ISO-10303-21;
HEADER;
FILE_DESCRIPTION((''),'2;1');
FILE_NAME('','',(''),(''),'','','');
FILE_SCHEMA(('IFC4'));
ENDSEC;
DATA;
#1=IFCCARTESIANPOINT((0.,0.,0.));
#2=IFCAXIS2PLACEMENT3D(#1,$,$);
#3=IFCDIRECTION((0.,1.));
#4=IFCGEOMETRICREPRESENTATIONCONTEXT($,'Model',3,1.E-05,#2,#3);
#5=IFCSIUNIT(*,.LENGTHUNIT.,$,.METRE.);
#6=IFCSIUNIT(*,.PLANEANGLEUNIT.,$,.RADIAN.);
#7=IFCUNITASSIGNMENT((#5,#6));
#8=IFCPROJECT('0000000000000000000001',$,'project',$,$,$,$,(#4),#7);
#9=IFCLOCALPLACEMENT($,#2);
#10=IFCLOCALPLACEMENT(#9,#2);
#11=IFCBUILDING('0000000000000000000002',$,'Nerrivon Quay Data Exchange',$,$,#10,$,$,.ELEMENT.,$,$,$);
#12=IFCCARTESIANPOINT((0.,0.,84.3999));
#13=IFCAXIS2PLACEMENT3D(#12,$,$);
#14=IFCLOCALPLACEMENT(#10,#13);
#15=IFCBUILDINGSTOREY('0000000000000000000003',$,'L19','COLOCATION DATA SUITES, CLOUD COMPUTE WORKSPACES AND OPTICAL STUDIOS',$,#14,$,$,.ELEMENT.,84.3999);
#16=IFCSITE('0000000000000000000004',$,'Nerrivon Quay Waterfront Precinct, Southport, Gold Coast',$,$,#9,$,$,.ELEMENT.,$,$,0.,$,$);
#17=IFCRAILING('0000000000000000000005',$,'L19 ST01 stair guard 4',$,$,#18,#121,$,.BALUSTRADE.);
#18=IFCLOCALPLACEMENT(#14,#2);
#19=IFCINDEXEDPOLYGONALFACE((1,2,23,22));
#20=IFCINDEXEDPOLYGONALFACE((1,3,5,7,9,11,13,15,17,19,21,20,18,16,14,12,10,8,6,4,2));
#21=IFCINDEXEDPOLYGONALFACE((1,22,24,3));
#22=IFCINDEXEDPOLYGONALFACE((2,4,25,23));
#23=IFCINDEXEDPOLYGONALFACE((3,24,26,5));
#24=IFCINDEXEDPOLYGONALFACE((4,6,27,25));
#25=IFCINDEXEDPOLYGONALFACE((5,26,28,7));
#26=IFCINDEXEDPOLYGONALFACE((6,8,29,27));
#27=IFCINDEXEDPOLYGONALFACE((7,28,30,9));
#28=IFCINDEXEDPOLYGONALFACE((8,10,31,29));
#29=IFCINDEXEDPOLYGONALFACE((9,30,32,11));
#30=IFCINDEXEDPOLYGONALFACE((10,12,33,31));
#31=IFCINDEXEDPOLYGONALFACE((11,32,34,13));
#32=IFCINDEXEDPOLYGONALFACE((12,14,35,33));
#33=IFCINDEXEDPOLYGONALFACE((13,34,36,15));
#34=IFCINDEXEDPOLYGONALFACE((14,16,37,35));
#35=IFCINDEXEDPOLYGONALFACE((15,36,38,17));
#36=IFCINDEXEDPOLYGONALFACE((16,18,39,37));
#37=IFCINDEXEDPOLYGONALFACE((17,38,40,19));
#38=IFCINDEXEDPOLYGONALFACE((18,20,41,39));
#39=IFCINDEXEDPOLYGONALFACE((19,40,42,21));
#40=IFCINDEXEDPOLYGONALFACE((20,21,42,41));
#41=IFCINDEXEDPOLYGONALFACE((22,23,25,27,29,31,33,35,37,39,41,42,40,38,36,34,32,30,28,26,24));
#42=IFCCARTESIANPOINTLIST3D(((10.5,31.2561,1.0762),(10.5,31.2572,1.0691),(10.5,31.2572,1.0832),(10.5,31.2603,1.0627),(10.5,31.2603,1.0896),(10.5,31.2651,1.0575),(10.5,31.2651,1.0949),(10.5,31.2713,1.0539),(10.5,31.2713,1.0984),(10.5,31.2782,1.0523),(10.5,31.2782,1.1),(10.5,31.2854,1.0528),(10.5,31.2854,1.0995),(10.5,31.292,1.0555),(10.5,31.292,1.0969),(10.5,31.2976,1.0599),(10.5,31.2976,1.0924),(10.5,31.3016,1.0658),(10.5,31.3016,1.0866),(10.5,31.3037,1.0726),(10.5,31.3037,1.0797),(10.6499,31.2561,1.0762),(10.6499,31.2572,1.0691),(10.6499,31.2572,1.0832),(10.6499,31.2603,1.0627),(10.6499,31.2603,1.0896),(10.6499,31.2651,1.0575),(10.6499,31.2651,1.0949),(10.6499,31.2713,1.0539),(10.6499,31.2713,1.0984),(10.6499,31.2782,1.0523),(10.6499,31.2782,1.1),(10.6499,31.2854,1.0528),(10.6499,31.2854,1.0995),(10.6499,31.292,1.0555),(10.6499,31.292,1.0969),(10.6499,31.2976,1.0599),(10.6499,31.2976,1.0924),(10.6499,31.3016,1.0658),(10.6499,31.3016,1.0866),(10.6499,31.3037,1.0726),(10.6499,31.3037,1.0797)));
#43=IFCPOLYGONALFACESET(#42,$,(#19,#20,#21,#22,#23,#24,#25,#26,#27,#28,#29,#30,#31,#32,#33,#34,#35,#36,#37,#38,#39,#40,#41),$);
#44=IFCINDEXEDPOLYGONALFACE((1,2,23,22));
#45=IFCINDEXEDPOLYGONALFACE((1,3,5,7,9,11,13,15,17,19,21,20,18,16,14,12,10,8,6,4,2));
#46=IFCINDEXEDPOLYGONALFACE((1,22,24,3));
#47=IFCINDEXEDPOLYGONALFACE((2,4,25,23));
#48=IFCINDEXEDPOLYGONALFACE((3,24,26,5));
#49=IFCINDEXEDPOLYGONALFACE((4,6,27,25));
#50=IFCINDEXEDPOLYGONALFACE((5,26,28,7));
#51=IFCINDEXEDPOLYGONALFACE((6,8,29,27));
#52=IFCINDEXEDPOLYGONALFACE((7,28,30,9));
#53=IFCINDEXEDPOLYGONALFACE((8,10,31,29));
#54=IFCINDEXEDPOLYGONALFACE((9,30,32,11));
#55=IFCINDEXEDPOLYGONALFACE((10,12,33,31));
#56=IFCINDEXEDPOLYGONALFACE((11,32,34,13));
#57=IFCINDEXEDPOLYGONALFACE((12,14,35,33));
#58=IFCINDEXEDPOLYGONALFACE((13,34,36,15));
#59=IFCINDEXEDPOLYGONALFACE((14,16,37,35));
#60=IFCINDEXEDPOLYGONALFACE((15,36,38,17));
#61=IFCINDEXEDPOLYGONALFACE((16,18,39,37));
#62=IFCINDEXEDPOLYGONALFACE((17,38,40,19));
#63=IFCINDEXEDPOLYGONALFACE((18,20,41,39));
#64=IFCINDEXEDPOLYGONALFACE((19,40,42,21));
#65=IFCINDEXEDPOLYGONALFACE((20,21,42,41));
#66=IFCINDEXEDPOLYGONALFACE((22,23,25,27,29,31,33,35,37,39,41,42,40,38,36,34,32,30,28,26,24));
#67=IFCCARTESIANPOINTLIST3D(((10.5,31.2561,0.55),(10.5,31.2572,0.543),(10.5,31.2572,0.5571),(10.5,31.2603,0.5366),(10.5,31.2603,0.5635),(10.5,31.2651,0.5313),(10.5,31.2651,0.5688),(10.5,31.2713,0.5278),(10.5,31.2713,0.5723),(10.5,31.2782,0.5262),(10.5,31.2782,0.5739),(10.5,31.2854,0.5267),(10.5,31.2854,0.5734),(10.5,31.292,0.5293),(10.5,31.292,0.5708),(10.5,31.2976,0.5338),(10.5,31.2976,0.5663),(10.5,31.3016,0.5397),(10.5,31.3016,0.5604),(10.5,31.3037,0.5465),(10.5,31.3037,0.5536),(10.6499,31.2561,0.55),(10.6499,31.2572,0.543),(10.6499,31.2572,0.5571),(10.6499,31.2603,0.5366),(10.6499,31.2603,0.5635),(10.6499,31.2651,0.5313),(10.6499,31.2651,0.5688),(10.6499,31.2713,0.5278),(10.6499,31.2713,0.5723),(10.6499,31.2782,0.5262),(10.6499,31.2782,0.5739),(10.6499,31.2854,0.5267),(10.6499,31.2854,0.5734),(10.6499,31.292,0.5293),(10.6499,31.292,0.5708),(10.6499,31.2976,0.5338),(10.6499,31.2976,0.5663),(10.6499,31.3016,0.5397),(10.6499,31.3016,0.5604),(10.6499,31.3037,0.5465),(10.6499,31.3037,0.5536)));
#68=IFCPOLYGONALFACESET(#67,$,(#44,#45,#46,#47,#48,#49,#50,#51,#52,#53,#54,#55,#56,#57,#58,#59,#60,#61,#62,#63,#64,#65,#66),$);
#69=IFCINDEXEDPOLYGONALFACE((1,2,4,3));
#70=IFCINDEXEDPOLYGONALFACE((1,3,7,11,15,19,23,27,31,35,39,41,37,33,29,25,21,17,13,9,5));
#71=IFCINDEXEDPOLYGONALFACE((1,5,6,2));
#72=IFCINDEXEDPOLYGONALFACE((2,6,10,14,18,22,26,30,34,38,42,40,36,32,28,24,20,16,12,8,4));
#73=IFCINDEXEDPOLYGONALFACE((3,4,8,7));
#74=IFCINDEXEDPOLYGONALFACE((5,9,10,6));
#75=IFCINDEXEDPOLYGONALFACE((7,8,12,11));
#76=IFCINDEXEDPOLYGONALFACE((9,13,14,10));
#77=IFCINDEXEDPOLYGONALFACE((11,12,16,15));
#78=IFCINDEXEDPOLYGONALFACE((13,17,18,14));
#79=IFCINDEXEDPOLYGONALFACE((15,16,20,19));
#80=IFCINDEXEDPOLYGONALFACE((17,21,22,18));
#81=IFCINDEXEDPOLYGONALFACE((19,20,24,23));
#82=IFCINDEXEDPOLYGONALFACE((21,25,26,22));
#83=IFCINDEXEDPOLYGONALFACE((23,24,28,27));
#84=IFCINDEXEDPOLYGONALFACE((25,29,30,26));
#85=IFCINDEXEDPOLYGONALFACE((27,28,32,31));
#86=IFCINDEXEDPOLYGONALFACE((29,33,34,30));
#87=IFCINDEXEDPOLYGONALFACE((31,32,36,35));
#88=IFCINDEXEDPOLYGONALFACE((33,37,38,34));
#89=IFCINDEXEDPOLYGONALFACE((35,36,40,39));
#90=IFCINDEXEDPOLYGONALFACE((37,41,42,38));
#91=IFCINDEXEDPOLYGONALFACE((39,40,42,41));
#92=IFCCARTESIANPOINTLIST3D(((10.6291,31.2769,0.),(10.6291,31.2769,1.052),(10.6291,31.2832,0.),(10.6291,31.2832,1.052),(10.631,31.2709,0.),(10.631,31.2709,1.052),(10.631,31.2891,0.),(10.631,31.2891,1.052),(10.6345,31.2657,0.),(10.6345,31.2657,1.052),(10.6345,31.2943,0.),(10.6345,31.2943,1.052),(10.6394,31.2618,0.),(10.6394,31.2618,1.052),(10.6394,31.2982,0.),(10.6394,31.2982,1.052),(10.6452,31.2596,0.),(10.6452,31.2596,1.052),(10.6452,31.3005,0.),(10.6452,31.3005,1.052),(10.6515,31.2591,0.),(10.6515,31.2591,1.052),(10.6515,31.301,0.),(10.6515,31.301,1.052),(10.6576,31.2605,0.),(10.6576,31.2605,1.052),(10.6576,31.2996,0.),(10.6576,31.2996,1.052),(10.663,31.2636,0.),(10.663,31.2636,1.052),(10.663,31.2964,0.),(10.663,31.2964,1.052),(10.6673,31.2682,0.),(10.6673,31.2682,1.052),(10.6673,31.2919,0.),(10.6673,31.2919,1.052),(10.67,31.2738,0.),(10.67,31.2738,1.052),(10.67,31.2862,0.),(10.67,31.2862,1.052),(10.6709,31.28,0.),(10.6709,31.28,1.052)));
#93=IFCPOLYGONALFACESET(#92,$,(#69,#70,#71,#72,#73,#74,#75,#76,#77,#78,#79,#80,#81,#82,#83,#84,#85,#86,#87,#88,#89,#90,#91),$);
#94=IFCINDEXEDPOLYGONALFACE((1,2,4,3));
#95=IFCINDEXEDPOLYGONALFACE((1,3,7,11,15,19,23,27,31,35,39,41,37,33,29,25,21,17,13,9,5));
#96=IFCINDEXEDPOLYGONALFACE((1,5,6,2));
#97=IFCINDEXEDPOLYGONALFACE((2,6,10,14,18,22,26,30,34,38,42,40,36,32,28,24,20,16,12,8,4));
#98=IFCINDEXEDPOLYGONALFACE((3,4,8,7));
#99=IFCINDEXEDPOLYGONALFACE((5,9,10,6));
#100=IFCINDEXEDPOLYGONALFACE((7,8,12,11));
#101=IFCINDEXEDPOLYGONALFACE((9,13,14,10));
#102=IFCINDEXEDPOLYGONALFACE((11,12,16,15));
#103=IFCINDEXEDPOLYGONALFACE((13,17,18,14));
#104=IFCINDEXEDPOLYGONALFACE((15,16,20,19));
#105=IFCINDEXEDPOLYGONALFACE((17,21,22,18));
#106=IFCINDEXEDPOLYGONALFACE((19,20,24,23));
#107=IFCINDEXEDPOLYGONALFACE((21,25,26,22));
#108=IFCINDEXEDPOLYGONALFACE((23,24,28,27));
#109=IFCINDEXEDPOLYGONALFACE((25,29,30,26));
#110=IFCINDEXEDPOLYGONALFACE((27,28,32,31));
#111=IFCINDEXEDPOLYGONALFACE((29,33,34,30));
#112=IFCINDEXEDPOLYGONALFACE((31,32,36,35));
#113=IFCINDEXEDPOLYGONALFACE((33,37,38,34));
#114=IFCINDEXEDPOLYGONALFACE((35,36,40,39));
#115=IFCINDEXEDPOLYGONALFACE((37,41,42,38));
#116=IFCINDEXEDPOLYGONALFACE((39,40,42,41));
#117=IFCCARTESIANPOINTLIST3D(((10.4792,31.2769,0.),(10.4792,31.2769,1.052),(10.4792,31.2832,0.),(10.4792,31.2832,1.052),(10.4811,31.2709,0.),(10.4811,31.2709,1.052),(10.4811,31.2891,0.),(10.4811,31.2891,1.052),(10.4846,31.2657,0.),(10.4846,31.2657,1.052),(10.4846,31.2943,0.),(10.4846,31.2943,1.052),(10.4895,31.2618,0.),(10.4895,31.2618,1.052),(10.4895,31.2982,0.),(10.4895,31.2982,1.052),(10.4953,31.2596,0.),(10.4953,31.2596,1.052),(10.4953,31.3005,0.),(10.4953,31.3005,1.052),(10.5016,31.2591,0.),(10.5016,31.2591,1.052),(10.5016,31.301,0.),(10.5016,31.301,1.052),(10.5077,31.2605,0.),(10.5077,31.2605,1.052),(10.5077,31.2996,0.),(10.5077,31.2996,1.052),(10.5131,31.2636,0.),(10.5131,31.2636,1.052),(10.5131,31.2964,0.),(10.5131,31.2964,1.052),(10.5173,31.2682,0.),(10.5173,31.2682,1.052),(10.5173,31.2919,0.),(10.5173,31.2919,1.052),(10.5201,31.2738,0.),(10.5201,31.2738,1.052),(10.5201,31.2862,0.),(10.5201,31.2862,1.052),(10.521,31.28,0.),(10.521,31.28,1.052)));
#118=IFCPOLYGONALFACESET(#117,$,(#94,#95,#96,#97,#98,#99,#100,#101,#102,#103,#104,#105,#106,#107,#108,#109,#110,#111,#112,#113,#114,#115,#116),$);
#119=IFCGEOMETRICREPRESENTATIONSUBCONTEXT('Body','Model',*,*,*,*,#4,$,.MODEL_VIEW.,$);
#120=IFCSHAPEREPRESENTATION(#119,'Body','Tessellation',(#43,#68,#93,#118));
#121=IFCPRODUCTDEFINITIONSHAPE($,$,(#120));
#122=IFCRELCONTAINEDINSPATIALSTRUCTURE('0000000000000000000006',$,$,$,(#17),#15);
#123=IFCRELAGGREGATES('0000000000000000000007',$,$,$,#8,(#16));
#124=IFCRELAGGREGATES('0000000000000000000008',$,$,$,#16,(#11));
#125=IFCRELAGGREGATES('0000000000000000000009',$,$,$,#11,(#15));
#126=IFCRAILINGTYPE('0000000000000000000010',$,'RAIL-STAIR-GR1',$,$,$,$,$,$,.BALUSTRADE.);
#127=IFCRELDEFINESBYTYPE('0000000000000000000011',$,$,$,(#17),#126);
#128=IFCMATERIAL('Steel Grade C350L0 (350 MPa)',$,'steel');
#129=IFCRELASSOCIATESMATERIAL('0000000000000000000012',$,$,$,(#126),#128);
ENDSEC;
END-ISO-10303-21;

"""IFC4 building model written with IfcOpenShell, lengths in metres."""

from ifc_helpers import new_model, si_unit, direction, frame, origin, origin_2d, place, context, subcontext, project, spatial, circle, extrude, material, type_object, element, save


model = new_model("IFC4")

# Units and contexts
model_context = context("Model", 3, precision=1e-05, world=origin(), true_north=direction((0.0, 1.0)))
body_context = subcontext(model_context, "Body", "Model", "MODEL_VIEW")
ifc_project = project(units=[si_unit("LENGTHUNIT", "METRE"), si_unit("PLANEANGLEUNIT", "RADIAN")], contexts=[model_context])

# Site, building, storey
site_placement = place(None, origin())
site = spatial("IfcSite", under=ifc_project, at=site_placement, Name="Nerrivon Quay Waterfront Precinct, Southport, Gold Coast", CompositionType="ELEMENT", RefElevation=0.0)
building_placement = place(site_placement, origin())
building = spatial("IfcBuilding", under=site, at=building_placement, Name="Nerrivon Quay Data Exchange", CompositionType="ELEMENT")
storey_placement = place(building_placement, frame((0.0, 0.0, 84.3999)))
storey = spatial("IfcBuildingStorey", under=building, at=storey_placement, Name="L19", Description="COLOCATION DATA SUITES, CLOUD COMPUTE WORKSPACES AND OPTICAL STUDIOS", CompositionType="ELEMENT", Elevation=84.3999)

# Railing
ifc_material_1 = material(Name="Steel Grade C350L0 (350 MPa)", Category="steel")
railing_type_1 = type_object("IfcRailingType", Name="RAIL-STAIR-GR1", PredefinedType="BALUSTRADE", material=ifc_material_1)
railing_1_placement = place(storey_placement, frame((10.6499, 31.28, 0.0)))
element("IfcRailing", 1, at=railing_1_placement, inside=storey, type_object=railing_type_1, Name="L19 ST01 stair guard 4", PredefinedType="BALUSTRADE", context=body_context, shape_type="SweptSolid", body=[
    extrude(circle(Radius=0.0239, at=origin_2d()), frame((0.0, 0.0, 1.0762), z_axis=(-1.0, 0.0, 0.0), x_axis=(0.0, -1.0, 0.0)), (0.0, 0.0, 1.0), 0.1499),
    extrude(circle(Radius=0.0239, at=origin_2d()), frame((0.0, 0.0, 0.55), z_axis=(-1.0, 0.0, 0.0), x_axis=(0.0, -1.0, 0.0)), (0.0, 0.0, 1.0), 0.1499),
    extrude(circle(Radius=0.021, at=origin_2d()), origin(), (0.0, 0.0, 1.0), 1.052),
    extrude(circle(Radius=0.021, at=origin_2d()), frame((-0.1499, 0.0, 0.0)), (0.0, 0.0, 1.0), 1.052),
])

save(model, "model.ifc")
